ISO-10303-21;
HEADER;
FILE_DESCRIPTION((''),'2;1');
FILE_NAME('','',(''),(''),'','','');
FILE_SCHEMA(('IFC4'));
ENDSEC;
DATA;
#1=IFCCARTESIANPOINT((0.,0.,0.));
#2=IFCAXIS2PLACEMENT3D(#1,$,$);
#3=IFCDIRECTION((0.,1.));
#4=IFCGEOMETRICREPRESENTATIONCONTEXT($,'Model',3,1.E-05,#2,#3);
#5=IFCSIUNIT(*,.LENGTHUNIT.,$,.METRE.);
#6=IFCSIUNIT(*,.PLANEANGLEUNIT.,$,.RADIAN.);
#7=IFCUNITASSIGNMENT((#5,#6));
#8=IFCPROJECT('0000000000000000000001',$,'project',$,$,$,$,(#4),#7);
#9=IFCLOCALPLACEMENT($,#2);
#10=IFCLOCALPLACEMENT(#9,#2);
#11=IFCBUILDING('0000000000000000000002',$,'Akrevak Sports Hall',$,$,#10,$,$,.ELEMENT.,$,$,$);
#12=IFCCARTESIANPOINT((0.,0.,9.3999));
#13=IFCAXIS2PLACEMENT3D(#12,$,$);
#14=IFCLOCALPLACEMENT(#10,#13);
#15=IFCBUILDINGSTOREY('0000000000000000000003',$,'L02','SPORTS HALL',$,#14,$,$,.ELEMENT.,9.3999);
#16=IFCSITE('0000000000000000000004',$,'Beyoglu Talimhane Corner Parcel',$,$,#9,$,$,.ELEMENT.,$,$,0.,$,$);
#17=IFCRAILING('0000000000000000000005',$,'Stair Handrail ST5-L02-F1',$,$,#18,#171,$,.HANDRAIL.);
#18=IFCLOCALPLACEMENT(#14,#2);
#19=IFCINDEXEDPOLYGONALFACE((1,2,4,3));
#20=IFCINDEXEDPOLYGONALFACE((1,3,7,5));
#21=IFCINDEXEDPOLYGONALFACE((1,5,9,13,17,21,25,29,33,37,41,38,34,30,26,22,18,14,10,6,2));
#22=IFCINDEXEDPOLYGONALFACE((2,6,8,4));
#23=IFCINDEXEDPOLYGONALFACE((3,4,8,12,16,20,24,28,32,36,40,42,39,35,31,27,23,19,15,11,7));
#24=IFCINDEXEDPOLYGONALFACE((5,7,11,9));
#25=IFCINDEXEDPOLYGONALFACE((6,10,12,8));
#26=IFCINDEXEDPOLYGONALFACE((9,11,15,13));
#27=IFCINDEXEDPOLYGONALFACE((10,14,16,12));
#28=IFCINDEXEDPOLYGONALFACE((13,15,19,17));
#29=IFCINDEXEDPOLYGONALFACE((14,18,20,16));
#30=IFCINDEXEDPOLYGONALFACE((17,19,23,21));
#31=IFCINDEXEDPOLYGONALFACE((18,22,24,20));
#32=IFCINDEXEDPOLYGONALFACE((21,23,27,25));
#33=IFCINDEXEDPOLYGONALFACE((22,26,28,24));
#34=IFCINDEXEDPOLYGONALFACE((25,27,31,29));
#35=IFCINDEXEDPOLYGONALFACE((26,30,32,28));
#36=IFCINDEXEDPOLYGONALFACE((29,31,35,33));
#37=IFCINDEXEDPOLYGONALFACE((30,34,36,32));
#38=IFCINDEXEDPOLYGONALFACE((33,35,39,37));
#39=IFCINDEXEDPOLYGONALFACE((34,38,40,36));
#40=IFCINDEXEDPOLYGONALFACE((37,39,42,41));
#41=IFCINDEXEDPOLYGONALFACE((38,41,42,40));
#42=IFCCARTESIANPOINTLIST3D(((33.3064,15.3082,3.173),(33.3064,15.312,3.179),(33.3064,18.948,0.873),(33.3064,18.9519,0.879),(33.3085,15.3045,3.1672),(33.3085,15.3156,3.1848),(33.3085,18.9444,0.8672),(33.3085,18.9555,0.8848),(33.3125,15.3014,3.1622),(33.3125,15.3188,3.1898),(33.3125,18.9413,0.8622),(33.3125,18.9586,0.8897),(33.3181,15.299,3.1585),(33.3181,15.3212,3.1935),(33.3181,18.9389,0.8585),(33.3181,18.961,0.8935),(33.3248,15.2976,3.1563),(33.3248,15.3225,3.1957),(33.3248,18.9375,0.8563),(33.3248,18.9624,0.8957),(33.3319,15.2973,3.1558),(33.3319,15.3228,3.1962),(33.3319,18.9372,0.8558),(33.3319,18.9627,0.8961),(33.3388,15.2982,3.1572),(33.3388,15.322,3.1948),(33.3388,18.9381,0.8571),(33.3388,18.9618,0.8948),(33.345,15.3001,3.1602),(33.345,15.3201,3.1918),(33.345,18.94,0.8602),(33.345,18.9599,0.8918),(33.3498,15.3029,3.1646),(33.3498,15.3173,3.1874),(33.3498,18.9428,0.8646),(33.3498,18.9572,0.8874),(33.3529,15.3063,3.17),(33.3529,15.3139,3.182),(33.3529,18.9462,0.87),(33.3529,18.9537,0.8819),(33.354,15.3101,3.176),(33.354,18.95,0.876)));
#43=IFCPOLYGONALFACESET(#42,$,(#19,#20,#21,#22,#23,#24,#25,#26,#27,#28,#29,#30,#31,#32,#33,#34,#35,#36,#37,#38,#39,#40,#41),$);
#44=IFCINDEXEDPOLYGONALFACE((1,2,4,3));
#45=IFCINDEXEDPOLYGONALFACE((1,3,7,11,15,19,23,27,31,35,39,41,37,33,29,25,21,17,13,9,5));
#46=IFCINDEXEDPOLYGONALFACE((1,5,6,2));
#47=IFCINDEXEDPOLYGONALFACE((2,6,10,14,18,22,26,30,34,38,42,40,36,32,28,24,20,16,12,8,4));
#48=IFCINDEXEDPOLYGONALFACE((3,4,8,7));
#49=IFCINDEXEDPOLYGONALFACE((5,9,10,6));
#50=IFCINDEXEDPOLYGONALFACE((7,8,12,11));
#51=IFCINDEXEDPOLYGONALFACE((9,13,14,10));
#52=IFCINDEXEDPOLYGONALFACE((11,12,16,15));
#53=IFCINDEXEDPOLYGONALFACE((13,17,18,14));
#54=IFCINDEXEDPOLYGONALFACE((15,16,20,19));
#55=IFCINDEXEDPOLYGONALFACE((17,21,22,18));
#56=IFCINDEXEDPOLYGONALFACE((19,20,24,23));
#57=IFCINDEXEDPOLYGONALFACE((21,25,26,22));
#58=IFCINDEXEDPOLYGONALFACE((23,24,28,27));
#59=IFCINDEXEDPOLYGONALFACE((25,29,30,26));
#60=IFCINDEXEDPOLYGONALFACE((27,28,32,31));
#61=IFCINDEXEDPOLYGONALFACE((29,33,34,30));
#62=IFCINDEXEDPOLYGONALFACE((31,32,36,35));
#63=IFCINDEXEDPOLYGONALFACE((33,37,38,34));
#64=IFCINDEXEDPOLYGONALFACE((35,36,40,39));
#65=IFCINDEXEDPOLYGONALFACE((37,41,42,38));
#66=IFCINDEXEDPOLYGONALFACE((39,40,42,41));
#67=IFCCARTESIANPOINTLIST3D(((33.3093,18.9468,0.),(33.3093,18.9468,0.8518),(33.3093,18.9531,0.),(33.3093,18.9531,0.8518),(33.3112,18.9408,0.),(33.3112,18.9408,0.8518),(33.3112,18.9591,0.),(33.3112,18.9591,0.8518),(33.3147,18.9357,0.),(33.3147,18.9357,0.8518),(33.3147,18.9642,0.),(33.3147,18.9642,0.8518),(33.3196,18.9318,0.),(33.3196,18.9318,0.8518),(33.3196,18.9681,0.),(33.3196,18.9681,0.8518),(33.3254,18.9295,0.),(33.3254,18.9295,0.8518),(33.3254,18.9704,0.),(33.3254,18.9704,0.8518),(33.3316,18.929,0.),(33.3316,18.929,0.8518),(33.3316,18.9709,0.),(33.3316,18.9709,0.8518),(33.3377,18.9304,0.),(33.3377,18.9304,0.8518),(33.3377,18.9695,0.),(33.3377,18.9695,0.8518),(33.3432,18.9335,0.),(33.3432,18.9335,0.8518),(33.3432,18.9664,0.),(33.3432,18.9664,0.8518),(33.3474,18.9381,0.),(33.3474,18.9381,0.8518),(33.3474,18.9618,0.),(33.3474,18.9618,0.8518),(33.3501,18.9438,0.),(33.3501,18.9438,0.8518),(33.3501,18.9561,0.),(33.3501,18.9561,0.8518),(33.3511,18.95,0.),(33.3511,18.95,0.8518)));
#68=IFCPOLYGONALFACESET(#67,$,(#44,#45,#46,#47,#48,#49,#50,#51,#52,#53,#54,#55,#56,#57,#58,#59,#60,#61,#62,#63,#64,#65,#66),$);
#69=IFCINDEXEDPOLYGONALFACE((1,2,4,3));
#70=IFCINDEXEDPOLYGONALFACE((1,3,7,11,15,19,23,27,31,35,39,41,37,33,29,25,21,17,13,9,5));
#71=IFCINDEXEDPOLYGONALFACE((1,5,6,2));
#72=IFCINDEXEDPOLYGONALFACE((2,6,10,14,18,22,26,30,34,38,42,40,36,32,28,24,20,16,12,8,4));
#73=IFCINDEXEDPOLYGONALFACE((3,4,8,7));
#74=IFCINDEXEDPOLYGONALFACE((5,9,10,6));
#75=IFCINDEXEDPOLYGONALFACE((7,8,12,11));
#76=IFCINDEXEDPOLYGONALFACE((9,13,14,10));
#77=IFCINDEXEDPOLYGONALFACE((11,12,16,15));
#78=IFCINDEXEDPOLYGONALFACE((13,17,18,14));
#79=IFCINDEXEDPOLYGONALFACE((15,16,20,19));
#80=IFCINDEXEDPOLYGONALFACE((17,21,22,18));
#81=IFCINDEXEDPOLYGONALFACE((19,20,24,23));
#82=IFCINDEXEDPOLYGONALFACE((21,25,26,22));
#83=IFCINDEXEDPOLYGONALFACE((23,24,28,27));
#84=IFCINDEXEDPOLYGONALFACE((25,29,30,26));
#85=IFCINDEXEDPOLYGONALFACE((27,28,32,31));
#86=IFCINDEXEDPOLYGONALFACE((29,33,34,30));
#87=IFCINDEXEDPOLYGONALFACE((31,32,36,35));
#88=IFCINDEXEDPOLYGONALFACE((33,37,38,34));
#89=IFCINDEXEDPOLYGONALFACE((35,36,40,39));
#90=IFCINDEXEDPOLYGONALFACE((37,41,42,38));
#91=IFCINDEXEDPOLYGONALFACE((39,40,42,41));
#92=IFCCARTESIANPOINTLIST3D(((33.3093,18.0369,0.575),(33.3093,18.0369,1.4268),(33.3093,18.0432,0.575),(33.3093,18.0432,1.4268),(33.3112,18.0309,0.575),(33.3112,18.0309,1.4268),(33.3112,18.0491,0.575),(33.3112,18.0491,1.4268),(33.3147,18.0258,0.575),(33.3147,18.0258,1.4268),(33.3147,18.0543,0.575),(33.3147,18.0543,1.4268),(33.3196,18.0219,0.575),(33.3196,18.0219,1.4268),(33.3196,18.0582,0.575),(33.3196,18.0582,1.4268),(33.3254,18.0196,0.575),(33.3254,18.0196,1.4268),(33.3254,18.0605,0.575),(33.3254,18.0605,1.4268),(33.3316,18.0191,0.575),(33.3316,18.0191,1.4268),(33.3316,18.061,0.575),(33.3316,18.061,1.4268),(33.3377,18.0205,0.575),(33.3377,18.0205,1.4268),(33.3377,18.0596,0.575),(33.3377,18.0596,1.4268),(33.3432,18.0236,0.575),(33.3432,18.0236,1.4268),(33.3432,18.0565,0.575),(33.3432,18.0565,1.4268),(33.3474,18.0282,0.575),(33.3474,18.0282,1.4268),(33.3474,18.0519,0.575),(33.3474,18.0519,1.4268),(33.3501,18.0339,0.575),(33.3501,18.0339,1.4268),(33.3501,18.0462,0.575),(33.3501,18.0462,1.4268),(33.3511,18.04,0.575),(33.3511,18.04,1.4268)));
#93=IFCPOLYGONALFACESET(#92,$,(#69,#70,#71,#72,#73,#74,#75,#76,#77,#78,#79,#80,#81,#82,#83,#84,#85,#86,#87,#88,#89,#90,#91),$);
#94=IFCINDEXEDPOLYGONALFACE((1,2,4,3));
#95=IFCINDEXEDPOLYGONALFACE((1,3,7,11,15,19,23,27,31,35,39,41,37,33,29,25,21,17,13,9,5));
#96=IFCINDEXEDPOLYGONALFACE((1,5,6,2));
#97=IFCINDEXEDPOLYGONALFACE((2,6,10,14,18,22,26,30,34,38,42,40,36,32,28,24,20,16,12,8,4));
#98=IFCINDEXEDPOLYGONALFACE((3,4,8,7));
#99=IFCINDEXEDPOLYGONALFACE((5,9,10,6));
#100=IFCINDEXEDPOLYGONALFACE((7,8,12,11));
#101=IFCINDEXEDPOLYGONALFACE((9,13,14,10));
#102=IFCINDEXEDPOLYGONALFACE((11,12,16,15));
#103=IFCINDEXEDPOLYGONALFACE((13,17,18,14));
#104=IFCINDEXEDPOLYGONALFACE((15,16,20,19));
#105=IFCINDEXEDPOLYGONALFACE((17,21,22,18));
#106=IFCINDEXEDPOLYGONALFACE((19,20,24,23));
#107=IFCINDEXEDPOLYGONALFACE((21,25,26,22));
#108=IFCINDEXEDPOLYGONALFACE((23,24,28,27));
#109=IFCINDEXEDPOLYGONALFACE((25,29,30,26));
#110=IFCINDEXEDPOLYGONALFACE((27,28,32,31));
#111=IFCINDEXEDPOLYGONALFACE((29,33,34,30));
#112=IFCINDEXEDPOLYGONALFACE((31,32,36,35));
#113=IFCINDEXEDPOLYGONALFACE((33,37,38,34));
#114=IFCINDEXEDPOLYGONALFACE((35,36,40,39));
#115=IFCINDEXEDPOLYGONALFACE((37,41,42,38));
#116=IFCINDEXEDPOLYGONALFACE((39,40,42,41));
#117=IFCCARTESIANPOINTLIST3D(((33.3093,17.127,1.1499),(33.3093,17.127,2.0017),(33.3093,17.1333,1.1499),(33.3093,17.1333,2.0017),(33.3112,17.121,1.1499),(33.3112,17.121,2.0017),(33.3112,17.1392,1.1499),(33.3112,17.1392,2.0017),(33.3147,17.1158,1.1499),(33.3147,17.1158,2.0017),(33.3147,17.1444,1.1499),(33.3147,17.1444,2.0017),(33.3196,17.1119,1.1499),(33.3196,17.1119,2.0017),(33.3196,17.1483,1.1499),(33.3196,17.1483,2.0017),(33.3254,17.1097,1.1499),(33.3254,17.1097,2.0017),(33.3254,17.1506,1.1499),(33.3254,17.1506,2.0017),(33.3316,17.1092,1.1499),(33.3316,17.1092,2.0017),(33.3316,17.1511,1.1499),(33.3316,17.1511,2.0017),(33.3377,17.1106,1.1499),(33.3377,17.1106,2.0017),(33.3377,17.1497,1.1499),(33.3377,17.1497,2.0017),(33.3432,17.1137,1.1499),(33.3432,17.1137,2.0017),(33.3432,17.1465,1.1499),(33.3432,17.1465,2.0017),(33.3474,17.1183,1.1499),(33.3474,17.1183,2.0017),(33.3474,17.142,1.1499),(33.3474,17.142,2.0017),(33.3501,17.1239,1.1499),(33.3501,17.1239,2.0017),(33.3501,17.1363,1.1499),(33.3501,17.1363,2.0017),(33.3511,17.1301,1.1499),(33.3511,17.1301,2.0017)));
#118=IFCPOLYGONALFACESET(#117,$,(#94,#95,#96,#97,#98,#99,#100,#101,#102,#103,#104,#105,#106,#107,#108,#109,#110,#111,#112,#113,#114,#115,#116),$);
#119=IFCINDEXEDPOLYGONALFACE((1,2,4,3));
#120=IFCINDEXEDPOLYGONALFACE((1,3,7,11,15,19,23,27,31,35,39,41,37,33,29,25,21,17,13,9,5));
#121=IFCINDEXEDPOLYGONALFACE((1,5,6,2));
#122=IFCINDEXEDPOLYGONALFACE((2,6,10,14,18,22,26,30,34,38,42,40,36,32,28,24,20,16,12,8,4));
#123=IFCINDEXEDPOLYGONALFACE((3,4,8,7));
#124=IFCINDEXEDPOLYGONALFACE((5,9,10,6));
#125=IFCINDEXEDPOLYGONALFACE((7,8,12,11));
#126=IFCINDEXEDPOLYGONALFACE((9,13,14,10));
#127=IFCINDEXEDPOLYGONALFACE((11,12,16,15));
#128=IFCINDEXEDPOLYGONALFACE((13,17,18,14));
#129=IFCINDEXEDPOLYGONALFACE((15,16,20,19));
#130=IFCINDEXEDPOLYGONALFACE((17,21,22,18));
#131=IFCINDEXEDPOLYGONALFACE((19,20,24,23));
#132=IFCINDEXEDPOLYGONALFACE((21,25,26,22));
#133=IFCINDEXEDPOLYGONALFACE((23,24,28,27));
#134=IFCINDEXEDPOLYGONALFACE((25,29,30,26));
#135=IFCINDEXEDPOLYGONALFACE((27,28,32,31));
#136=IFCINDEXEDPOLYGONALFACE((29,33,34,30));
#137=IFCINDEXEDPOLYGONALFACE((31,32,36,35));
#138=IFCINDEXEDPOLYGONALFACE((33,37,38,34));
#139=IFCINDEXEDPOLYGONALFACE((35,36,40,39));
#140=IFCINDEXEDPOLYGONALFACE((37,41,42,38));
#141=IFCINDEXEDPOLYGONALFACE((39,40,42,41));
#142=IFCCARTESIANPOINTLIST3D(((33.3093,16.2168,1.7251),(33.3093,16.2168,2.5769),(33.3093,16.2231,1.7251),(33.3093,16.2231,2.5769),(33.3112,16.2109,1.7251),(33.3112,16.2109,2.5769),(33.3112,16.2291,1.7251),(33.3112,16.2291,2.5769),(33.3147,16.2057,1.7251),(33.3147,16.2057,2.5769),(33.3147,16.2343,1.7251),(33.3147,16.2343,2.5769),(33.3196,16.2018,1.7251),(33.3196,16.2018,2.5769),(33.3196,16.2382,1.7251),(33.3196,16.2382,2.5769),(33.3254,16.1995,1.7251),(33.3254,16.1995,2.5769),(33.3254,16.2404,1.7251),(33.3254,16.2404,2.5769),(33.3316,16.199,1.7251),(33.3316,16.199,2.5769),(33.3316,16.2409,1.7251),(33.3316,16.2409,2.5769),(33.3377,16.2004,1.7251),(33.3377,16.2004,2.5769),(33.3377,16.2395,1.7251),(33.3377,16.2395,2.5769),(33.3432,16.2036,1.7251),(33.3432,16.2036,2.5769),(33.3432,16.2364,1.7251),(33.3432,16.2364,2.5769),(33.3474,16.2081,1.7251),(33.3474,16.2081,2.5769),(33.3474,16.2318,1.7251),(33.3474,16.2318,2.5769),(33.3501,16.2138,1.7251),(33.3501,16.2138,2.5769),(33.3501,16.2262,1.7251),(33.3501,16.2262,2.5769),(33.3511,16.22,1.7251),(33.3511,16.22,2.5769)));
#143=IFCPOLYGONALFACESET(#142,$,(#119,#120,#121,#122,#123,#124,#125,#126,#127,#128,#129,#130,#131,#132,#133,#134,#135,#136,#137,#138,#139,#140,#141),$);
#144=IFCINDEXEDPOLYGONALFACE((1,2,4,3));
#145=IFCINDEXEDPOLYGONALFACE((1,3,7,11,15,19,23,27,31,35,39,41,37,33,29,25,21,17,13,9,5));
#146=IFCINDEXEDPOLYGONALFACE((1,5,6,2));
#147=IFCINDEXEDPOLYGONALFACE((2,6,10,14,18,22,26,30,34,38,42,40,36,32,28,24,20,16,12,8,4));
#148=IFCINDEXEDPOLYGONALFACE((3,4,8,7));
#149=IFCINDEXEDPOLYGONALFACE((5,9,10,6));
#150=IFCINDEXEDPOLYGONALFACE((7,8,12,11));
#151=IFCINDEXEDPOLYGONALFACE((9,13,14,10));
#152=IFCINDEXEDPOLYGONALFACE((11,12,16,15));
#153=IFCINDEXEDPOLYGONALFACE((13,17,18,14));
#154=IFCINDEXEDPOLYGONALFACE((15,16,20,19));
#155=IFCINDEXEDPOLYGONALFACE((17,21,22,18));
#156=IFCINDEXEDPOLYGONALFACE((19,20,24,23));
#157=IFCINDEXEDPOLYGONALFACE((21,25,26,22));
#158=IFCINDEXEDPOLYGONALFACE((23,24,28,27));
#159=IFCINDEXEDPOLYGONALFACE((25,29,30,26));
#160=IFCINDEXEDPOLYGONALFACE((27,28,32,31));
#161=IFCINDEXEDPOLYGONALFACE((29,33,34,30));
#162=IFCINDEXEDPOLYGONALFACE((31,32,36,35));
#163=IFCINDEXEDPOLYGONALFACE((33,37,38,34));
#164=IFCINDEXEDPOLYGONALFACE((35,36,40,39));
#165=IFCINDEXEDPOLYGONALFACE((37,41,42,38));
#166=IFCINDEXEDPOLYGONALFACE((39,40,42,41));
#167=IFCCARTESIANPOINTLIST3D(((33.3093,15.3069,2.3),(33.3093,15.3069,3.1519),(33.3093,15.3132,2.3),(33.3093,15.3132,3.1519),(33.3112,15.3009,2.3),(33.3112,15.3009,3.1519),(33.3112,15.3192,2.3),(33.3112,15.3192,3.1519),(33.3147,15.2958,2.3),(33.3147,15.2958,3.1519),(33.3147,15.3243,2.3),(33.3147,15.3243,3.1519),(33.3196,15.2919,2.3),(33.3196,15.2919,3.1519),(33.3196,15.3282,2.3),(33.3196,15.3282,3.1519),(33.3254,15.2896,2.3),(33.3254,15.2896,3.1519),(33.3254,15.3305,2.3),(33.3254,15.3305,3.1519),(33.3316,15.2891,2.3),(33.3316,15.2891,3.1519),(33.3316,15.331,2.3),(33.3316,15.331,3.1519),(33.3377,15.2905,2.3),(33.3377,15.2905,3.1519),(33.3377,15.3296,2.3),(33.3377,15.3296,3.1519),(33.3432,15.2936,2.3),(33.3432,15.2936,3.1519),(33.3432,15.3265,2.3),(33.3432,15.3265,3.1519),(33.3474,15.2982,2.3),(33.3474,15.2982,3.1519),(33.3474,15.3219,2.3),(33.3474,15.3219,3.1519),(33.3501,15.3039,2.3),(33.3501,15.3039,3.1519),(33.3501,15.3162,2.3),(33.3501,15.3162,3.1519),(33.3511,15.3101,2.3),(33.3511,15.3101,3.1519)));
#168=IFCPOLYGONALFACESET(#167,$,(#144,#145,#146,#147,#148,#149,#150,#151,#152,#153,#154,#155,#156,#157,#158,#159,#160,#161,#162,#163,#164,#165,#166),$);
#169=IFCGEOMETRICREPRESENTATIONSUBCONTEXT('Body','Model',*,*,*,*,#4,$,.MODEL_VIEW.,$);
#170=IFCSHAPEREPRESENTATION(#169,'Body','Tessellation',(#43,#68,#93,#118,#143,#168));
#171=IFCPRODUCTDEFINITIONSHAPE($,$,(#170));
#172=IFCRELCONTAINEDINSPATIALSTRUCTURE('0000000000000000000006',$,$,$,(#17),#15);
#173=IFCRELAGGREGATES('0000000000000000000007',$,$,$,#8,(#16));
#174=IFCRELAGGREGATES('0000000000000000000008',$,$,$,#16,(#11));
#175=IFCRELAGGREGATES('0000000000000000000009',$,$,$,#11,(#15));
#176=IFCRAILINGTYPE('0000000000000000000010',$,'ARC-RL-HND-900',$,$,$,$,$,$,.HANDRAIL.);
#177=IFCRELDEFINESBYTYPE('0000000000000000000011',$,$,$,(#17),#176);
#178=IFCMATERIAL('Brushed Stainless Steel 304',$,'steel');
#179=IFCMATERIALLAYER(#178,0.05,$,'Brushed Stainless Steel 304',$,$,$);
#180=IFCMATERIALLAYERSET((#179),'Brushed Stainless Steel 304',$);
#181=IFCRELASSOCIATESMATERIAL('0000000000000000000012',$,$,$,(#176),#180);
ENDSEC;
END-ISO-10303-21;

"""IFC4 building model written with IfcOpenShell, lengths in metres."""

from ifc_helpers import new_model, si_unit, direction, frame, origin, origin_2d, place, context, subcontext, project, spatial, circle, extrude, material, layer, layer_set, type_object, element, save


model = new_model("IFC4")

# Units and contexts
model_context = context("Model", 3, precision=1e-05, world=origin(), true_north=direction((0.0, 1.0)))
body_context = subcontext(model_context, "Body", "Model", "MODEL_VIEW")
ifc_project = project(units=[si_unit("LENGTHUNIT", "METRE"), si_unit("PLANEANGLEUNIT", "RADIAN")], contexts=[model_context])

# Site, building, storey
site_placement = place(None, origin())
site = spatial("IfcSite", under=ifc_project, at=site_placement, Name="Beyoglu Talimhane Corner Parcel", CompositionType="ELEMENT", RefElevation=0.0)
building_placement = place(site_placement, origin())
building = spatial("IfcBuilding", under=site, at=building_placement, Name="Akrevak Sports Hall", CompositionType="ELEMENT")
storey_placement = place(building_placement, frame((0.0, 0.0, 9.3999)))
storey = spatial("IfcBuildingStorey", under=building, at=storey_placement, Name="L02", Description="SPORTS HALL", CompositionType="ELEMENT", Elevation=9.3999)

# Railing
ifc_material_1 = material(Name="Brushed Stainless Steel 304", Category="steel")
ifc_layer_1 = layer(ifc_material_1, 0.05, Name="Brushed Stainless Steel 304")
ifc_layer_set_1 = layer_set([ifc_layer_1], Name="Brushed Stainless Steel 304")
railing_type_1 = type_object("IfcRailingType", Name="ARC-RL-HND-900", PredefinedType="HANDRAIL", material=ifc_layer_set_1)
railing_1_placement = place(storey_placement, frame((33.3301, 18.95, 0.0)))
element("IfcRailing", 1, at=railing_1_placement, inside=storey, type_object=railing_type_1, Name="Stair Handrail ST5-L02-F1", PredefinedType="HANDRAIL", context=body_context, shape_type="SweptSolid", body=[
    extrude(circle(Radius=0.0239, at=origin_2d()), frame((0.0, 0.0, 0.876), z_axis=(0.0, -0.845366, 0.534187), x_axis=(1.0, 0.0, 0.0)), (0.0, 0.0, 1.0), 4.3057),
    extrude(circle(Radius=0.021, at=origin_2d()), origin(), (0.0, 0.0, 1.0), 0.8518),
    extrude(circle(Radius=0.021, at=origin_2d()), frame((0.0, -0.9099, 0.575)), (0.0, 0.0, 1.0), 0.8518),
    extrude(circle(Radius=0.021, at=origin_2d()), frame((0.0, -1.8198, 1.1499)), (0.0, 0.0, 1.0), 0.8518),
    extrude(circle(Radius=0.021, at=origin_2d()), frame((0.0, -2.73, 1.7251)), (0.0, 0.0, 1.0), 0.8518),
    extrude(circle(Radius=0.021, at=origin_2d()), frame((0.0, -3.6399, 2.3)), (0.0, 0.0, 1.0), 0.8518),
])

save(model, "model.ifc")
